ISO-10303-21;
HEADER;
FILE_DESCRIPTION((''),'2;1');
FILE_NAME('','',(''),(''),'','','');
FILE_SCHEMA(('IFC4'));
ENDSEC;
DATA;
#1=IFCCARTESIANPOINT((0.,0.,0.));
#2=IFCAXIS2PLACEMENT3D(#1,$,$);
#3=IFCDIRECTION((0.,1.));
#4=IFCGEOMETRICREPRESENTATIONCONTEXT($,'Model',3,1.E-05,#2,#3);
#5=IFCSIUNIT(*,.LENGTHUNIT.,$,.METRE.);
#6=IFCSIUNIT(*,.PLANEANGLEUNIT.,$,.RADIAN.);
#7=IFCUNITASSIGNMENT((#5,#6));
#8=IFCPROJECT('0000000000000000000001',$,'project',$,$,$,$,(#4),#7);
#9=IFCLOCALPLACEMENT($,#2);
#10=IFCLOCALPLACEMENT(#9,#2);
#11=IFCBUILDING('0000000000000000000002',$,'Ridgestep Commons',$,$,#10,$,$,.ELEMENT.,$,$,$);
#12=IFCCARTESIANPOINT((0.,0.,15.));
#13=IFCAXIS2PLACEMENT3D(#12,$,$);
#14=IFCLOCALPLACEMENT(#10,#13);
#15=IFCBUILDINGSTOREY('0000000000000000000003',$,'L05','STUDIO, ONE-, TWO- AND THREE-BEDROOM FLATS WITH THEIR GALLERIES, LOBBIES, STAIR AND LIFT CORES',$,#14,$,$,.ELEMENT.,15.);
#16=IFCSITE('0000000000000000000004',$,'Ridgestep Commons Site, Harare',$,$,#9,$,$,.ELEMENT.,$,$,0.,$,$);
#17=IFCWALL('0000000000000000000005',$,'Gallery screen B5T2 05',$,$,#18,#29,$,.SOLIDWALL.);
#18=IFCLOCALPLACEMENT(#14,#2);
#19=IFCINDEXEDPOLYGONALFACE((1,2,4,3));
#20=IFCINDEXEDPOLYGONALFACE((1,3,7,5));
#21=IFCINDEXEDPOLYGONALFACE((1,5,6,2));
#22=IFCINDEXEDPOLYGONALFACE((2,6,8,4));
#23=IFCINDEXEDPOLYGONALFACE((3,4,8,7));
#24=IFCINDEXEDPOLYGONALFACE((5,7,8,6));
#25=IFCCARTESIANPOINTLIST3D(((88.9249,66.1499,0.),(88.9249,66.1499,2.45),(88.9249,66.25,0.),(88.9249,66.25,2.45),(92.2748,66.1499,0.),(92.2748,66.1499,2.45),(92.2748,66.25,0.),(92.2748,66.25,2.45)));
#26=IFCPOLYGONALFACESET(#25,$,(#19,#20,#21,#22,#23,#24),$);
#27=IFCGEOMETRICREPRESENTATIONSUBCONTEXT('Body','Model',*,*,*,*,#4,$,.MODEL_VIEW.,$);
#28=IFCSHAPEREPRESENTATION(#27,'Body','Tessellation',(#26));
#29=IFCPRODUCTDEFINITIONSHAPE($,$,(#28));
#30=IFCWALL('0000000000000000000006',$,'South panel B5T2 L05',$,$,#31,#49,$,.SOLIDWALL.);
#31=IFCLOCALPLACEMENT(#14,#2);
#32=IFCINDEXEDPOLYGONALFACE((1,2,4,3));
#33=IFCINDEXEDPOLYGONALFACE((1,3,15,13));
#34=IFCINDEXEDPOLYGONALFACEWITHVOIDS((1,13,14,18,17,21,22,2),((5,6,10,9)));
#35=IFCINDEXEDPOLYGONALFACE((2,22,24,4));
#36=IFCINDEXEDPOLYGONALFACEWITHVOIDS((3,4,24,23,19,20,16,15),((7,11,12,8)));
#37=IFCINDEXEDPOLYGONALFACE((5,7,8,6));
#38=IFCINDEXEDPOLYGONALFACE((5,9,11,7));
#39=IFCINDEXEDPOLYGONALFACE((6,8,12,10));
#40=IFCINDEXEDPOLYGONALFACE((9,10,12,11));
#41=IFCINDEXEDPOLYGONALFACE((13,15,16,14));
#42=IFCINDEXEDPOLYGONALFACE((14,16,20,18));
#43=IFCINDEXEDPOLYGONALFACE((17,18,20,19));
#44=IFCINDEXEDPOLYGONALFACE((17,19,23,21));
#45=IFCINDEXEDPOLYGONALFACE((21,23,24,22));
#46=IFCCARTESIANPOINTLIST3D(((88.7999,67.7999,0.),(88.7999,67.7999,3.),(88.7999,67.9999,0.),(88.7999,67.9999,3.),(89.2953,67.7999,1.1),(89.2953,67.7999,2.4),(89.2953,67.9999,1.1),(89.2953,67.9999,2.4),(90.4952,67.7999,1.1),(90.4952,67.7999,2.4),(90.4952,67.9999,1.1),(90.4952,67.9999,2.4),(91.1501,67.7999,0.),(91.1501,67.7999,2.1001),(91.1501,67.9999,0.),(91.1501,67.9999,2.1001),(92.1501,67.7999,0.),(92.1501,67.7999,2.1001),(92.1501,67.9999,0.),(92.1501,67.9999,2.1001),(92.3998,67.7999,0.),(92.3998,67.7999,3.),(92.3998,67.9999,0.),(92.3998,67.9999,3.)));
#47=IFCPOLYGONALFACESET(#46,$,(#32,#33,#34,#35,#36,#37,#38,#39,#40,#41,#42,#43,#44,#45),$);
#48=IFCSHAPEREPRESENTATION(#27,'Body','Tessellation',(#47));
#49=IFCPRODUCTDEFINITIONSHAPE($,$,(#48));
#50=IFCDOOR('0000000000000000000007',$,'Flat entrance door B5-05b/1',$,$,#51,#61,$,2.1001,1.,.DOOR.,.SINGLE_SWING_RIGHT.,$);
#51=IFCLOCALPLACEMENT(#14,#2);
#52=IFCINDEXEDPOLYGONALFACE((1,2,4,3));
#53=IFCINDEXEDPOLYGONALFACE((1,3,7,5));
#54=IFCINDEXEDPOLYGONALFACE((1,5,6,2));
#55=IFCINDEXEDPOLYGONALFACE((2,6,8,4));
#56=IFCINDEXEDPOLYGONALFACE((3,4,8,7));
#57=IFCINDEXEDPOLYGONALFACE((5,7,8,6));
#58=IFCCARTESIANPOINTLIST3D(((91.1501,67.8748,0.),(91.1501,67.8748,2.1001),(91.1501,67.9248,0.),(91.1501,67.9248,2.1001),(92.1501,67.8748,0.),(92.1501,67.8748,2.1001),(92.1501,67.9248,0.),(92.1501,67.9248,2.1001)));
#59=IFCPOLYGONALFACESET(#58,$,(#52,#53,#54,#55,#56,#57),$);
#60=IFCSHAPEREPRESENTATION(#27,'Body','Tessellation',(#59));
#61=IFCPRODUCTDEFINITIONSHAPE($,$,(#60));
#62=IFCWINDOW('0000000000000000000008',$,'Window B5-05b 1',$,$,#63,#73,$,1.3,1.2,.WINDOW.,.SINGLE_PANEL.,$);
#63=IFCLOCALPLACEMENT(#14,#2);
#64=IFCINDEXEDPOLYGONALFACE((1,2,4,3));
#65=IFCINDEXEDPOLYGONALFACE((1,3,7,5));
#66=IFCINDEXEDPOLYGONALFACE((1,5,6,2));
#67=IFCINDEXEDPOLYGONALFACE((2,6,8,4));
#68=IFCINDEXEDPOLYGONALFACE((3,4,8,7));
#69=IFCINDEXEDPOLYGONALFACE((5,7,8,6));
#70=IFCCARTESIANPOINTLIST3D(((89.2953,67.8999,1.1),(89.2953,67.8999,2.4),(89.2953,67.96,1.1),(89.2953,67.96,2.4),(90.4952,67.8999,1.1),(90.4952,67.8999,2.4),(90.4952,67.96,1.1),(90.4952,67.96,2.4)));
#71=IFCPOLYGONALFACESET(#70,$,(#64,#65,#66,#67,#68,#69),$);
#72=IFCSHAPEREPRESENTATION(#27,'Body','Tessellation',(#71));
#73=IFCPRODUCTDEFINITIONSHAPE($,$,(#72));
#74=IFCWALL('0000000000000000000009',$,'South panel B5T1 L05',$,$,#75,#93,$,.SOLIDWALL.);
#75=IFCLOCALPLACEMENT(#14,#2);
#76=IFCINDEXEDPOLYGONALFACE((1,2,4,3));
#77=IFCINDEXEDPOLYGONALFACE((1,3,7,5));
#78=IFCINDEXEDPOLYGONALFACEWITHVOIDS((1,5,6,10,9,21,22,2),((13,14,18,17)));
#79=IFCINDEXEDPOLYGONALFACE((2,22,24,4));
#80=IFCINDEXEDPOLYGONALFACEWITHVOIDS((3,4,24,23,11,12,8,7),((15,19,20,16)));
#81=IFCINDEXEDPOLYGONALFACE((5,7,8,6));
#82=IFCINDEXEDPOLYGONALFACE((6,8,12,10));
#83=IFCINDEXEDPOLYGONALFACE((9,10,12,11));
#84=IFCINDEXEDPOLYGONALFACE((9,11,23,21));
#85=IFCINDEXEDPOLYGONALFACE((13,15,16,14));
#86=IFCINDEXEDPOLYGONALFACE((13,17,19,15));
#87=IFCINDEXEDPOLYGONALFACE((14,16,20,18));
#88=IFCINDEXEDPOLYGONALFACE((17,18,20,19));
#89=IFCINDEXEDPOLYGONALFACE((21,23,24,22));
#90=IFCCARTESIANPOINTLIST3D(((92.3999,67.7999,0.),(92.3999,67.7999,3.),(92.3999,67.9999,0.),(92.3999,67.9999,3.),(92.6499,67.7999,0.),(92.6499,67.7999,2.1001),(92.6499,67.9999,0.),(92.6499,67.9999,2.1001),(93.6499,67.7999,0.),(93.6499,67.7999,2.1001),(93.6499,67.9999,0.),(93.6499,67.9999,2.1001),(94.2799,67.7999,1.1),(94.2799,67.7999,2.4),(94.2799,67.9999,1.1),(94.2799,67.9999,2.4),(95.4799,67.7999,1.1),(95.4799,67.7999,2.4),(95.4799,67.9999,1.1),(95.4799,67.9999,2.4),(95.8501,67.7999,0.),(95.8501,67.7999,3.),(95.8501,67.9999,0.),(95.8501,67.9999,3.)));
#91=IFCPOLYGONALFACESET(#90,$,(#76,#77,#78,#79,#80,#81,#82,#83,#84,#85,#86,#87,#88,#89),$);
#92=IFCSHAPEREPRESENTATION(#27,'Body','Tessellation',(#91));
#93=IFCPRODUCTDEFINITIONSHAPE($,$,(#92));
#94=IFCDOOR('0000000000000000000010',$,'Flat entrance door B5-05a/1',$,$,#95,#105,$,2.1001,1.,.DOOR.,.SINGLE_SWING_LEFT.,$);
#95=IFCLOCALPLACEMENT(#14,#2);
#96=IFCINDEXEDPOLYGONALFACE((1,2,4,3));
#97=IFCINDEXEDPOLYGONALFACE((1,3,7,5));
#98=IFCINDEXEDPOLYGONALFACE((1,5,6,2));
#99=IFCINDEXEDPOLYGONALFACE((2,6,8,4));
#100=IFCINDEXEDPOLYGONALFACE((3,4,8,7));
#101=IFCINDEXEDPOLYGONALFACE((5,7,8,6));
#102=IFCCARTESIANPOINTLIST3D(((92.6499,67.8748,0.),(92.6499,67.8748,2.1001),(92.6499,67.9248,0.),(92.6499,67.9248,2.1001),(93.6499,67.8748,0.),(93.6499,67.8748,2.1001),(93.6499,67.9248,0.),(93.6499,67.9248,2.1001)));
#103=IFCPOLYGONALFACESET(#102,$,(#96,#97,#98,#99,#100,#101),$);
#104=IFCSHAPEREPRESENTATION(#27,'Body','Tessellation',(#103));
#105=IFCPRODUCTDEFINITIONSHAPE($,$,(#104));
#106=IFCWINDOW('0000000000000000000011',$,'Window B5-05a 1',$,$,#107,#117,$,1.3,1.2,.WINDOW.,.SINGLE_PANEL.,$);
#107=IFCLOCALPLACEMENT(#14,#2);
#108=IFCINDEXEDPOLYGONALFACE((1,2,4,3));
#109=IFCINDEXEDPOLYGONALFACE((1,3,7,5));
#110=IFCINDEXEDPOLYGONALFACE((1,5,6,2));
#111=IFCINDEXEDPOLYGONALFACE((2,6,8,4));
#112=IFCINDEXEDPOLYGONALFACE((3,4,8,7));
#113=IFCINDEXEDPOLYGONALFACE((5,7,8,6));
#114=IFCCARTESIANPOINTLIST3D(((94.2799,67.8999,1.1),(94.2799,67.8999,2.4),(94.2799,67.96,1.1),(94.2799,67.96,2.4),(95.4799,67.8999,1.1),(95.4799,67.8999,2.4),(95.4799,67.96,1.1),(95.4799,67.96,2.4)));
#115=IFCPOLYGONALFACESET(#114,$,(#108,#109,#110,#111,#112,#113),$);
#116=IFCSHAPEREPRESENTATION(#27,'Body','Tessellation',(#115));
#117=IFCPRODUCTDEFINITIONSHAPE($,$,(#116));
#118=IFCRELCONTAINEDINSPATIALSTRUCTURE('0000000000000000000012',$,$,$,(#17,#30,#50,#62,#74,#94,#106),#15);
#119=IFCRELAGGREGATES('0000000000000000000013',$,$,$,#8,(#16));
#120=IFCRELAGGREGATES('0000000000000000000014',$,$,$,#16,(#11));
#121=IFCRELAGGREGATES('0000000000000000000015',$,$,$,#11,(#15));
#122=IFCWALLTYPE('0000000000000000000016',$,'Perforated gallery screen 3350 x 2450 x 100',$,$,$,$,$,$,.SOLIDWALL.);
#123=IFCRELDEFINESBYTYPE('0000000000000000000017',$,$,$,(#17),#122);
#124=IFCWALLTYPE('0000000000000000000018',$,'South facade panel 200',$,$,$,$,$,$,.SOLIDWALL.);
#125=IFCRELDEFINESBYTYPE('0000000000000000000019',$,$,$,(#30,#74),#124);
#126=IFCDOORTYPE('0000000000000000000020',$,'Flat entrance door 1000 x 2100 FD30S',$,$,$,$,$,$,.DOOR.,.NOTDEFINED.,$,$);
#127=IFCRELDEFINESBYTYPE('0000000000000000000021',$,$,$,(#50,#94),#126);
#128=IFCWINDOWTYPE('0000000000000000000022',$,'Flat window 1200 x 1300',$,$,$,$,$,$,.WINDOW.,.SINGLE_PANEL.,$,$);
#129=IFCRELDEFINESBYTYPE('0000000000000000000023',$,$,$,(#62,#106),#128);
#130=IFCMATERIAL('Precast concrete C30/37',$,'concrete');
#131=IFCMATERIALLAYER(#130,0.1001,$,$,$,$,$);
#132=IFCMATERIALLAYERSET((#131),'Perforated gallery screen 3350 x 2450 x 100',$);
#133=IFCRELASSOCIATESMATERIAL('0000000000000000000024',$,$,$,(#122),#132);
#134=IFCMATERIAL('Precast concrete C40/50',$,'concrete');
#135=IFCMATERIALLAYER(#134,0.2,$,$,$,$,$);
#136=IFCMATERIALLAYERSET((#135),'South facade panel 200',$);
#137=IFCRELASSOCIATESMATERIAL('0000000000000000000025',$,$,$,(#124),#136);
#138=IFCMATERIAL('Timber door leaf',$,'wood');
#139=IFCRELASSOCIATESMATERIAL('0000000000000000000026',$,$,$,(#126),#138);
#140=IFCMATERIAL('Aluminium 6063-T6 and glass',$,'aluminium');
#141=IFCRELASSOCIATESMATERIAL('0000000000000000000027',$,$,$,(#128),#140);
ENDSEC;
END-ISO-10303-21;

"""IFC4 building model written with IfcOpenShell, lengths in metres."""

from ifc_helpers import new_model, si_unit, direction, frame, frame_2d, origin, place, context, subcontext, project, spatial, rectangle, extrude, material, layer, layer_set, type_object, element, fill, save


model = new_model("IFC4")

# Units and contexts
model_context = context("Model", 3, precision=1e-05, world=origin(), true_north=direction((0.0, 1.0)))
body_context = subcontext(model_context, "Body", "Model", "MODEL_VIEW")
ifc_project = project(units=[si_unit("LENGTHUNIT", "METRE"), si_unit("PLANEANGLEUNIT", "RADIAN")], contexts=[model_context])

# Site, building, storey
site_placement = place(None, origin())
site = spatial("IfcSite", under=ifc_project, at=site_placement, Name="Ridgestep Commons Site, Harare", CompositionType="ELEMENT", RefElevation=0.0)
building_placement = place(site_placement, origin())
building = spatial("IfcBuilding", under=site, at=building_placement, Name="Ridgestep Commons", CompositionType="ELEMENT")
storey_placement = place(building_placement, frame((0.0, 0.0, 15.0)))
storey = spatial("IfcBuildingStorey", under=building, at=storey_placement, Name="L05", Description="STUDIO, ONE-, TWO- AND THREE-BEDROOM FLATS WITH THEIR GALLERIES, LOBBIES, STAIR AND LIFT CORES", CompositionType="ELEMENT", Elevation=15.0)

# Wall
ifc_material_1 = material(Name="Precast concrete C30/37", Category="concrete")
ifc_layer_1 = layer(ifc_material_1, 0.1001)
ifc_layer_set_1 = layer_set([ifc_layer_1], Name="Perforated gallery screen 3350 x 2450 x 100")
wall_type_1 = type_object("IfcWallType", Name="Perforated gallery screen 3350 x 2450 x 100", PredefinedType="SOLIDWALL", material=ifc_layer_set_1)
wall_1_placement = place(storey_placement, frame((88.925, 66.2, 0.0), z_axis=(0.0, 0.0, 1.0), x_axis=(1.0, 0.0, 0.0)))
element("IfcWall", 1, at=wall_1_placement, inside=storey, type_object=wall_type_1, Name="Gallery screen B5T2 05", PredefinedType="SOLIDWALL", context=body_context, shape_type="SweptSolid", body=[
    extrude(rectangle(XDim=3.3499, YDim=0.1001, at=frame_2d((1.6748, 0.0))), origin(), (0.0, 0.0, 1.0), 2.45),
])

# Walls, openings, doors, windows
ifc_material_2 = material(Name="Precast concrete C40/50", Category="concrete")
ifc_layer_2 = layer(ifc_material_2, 0.2)
ifc_layer_set_2 = layer_set([ifc_layer_2], Name="South facade panel 200")
wall_type_2 = type_object("IfcWallType", Name="South facade panel 200", PredefinedType="SOLIDWALL", material=ifc_layer_set_2)
wall_2_placement = place(storey_placement, frame((88.8, 67.8999, 0.0), z_axis=(0.0, 0.0, 1.0), x_axis=(1.0, 0.0, 0.0)))
wall_2 = element("IfcWall", 2, at=wall_2_placement, inside=storey, type_object=wall_type_2, Name="South panel B5T2 L05", PredefinedType="SOLIDWALL", context=body_context, shape_type="SweptSolid", body=[
    extrude(rectangle(XDim=3.5999, YDim=0.2, at=frame_2d((1.7998, 0.0))), origin(), (0.0, 0.0, 1.0), 3.0),
])
opening_1_placement = place(wall_2_placement, frame((0.4951, 0.0, 1.1001)))
opening_1 = element("IfcOpeningElement", 3, at=opening_1_placement, cuts=wall_2, PredefinedType="OPENING", context=body_context, shape_type="SweptSolid", body=[
    extrude(rectangle(XDim=1.2, YDim=1.3, at=frame_2d((0.6001, 0.6499))), frame((0.0, 0.1099, 0.0), z_axis=(0.0, -1.0, 0.0), x_axis=(1.0, 0.0, 0.0)), (0.0, 0.0, 1.0), 0.22),
])
opening_2_placement = place(wall_2_placement, frame((2.3501, 0.0, 0.0)))
opening_2 = element("IfcOpeningElement", 4, at=opening_2_placement, cuts=wall_2, PredefinedType="OPENING", context=body_context, shape_type="SweptSolid", body=[
    extrude(rectangle(XDim=1.0, YDim=2.1001, at=frame_2d((0.5, 1.05))), frame((0.0, 0.1099, 0.0), z_axis=(0.0, -1.0, 0.0), x_axis=(1.0, 0.0, 0.0)), (0.0, 0.0, 1.0), 0.22),
])
ifc_material_3 = material(Name="Timber door leaf", Category="wood")
door_type_1 = type_object("IfcDoorType", Name="Flat entrance door 1000 x 2100 FD30S", OperationType="NOTDEFINED", PredefinedType="DOOR", material=ifc_material_3)
door_1_placement = place(opening_2_placement, origin())
door_1 = element("IfcDoor", 5, at=door_1_placement, inside=storey, type_object=door_type_1, Name="Flat entrance door B5-05b/1", OperationType="SINGLE_SWING_RIGHT", OverallHeight=2.1001, OverallWidth=1.0, PredefinedType="DOOR", context=body_context, shape_type="SweptSolid", body=[
    extrude(rectangle(XDim=1.0, YDim=2.1001, at=frame_2d((0.5, 1.05))), frame((0.0, 0.0249, 0.0), z_axis=(0.0, -1.0, 0.0), x_axis=(1.0, 0.0, 0.0)), (0.0, 0.0, 1.0), 0.05),
])
fill(opening_2, door_1)
ifc_material_4 = material(Name="Aluminium 6063-T6 and glass", Category="aluminium")
window_type = type_object("IfcWindowType", Name="Flat window 1200 x 1300", PartitioningType="SINGLE_PANEL", PredefinedType="WINDOW", material=ifc_material_4)
window_1_placement = place(opening_1_placement, origin())
window_1 = element("IfcWindow", 6, at=window_1_placement, inside=storey, type_object=window_type, Name="Window B5-05b 1", OverallHeight=1.3, OverallWidth=1.2, PartitioningType="SINGLE_PANEL", PredefinedType="WINDOW", context=body_context, shape_type="SweptSolid", body=[
    extrude(rectangle(XDim=1.2, YDim=1.3, at=frame_2d((0.6001, 0.6499))), frame((0.0, 0.0601, 0.0), z_axis=(0.0, -1.0, 0.0), x_axis=(1.0, 0.0, 0.0)), (0.0, 0.0, 1.0), 0.0601),
])
fill(opening_1, window_1)
wall_3_placement = place(storey_placement, frame((92.3999, 67.8999, 0.0), z_axis=(0.0, 0.0, 1.0), x_axis=(1.0, 0.0, 0.0)))
wall_3 = element("IfcWall", 7, at=wall_3_placement, inside=storey, type_object=wall_type_2, Name="South panel B5T1 L05", PredefinedType="SOLIDWALL", context=body_context, shape_type="SweptSolid", body=[
    extrude(rectangle(XDim=3.4502, YDim=0.2, at=frame_2d((1.7251, 0.0))), origin(), (0.0, 0.0, 1.0), 3.0),
])
opening_3_placement = place(wall_3_placement, frame((1.8799, 0.0, 1.1001)))
opening_3 = element("IfcOpeningElement", 8, at=opening_3_placement, cuts=wall_3, PredefinedType="OPENING", context=body_context, shape_type="SweptSolid", body=[
    extrude(rectangle(XDim=1.2, YDim=1.3, at=frame_2d((0.6001, 0.6499))), frame((0.0, 0.1099, 0.0), z_axis=(0.0, -1.0, 0.0), x_axis=(1.0, 0.0, 0.0)), (0.0, 0.0, 1.0), 0.22),
])
opening_4_placement = place(wall_3_placement, frame((0.25, 0.0, 0.0)))
opening_4 = element("IfcOpeningElement", 9, at=opening_4_placement, cuts=wall_3, PredefinedType="OPENING", context=body_context, shape_type="SweptSolid", body=[
    extrude(rectangle(XDim=1.0, YDim=2.1001, at=frame_2d((0.5, 1.05))), frame((0.0, 0.1099, 0.0), z_axis=(0.0, -1.0, 0.0), x_axis=(1.0, 0.0, 0.0)), (0.0, 0.0, 1.0), 0.22),
])
door_2_placement = place(opening_4_placement, origin())
door_2 = element("IfcDoor", 10, at=door_2_placement, inside=storey, type_object=door_type_1, Name="Flat entrance door B5-05a/1", OperationType="SINGLE_SWING_LEFT", OverallHeight=2.1001, OverallWidth=1.0, PredefinedType="DOOR", context=body_context, shape_type="SweptSolid", body=[
    extrude(rectangle(XDim=1.0, YDim=2.1001, at=frame_2d((0.5, 1.05))), frame((0.0, 0.0249, 0.0), z_axis=(0.0, -1.0, 0.0), x_axis=(1.0, 0.0, 0.0)), (0.0, 0.0, 1.0), 0.05),
])
fill(opening_4, door_2)
window_2_placement = place(opening_3_placement, origin())
window_2 = element("IfcWindow", 11, at=window_2_placement, inside=storey, type_object=window_type, Name="Window B5-05a 1", OverallHeight=1.3, OverallWidth=1.2, PartitioningType="SINGLE_PANEL", PredefinedType="WINDOW", context=body_context, shape_type="SweptSolid", body=[
    extrude(rectangle(XDim=1.2, YDim=1.3, at=frame_2d((0.6001, 0.6499))), frame((0.0, 0.0601, 0.0), z_axis=(0.0, -1.0, 0.0), x_axis=(1.0, 0.0, 0.0)), (0.0, 0.0, 1.0), 0.0601),
])
fill(opening_3, window_2)

save(model, "model.ifc")
